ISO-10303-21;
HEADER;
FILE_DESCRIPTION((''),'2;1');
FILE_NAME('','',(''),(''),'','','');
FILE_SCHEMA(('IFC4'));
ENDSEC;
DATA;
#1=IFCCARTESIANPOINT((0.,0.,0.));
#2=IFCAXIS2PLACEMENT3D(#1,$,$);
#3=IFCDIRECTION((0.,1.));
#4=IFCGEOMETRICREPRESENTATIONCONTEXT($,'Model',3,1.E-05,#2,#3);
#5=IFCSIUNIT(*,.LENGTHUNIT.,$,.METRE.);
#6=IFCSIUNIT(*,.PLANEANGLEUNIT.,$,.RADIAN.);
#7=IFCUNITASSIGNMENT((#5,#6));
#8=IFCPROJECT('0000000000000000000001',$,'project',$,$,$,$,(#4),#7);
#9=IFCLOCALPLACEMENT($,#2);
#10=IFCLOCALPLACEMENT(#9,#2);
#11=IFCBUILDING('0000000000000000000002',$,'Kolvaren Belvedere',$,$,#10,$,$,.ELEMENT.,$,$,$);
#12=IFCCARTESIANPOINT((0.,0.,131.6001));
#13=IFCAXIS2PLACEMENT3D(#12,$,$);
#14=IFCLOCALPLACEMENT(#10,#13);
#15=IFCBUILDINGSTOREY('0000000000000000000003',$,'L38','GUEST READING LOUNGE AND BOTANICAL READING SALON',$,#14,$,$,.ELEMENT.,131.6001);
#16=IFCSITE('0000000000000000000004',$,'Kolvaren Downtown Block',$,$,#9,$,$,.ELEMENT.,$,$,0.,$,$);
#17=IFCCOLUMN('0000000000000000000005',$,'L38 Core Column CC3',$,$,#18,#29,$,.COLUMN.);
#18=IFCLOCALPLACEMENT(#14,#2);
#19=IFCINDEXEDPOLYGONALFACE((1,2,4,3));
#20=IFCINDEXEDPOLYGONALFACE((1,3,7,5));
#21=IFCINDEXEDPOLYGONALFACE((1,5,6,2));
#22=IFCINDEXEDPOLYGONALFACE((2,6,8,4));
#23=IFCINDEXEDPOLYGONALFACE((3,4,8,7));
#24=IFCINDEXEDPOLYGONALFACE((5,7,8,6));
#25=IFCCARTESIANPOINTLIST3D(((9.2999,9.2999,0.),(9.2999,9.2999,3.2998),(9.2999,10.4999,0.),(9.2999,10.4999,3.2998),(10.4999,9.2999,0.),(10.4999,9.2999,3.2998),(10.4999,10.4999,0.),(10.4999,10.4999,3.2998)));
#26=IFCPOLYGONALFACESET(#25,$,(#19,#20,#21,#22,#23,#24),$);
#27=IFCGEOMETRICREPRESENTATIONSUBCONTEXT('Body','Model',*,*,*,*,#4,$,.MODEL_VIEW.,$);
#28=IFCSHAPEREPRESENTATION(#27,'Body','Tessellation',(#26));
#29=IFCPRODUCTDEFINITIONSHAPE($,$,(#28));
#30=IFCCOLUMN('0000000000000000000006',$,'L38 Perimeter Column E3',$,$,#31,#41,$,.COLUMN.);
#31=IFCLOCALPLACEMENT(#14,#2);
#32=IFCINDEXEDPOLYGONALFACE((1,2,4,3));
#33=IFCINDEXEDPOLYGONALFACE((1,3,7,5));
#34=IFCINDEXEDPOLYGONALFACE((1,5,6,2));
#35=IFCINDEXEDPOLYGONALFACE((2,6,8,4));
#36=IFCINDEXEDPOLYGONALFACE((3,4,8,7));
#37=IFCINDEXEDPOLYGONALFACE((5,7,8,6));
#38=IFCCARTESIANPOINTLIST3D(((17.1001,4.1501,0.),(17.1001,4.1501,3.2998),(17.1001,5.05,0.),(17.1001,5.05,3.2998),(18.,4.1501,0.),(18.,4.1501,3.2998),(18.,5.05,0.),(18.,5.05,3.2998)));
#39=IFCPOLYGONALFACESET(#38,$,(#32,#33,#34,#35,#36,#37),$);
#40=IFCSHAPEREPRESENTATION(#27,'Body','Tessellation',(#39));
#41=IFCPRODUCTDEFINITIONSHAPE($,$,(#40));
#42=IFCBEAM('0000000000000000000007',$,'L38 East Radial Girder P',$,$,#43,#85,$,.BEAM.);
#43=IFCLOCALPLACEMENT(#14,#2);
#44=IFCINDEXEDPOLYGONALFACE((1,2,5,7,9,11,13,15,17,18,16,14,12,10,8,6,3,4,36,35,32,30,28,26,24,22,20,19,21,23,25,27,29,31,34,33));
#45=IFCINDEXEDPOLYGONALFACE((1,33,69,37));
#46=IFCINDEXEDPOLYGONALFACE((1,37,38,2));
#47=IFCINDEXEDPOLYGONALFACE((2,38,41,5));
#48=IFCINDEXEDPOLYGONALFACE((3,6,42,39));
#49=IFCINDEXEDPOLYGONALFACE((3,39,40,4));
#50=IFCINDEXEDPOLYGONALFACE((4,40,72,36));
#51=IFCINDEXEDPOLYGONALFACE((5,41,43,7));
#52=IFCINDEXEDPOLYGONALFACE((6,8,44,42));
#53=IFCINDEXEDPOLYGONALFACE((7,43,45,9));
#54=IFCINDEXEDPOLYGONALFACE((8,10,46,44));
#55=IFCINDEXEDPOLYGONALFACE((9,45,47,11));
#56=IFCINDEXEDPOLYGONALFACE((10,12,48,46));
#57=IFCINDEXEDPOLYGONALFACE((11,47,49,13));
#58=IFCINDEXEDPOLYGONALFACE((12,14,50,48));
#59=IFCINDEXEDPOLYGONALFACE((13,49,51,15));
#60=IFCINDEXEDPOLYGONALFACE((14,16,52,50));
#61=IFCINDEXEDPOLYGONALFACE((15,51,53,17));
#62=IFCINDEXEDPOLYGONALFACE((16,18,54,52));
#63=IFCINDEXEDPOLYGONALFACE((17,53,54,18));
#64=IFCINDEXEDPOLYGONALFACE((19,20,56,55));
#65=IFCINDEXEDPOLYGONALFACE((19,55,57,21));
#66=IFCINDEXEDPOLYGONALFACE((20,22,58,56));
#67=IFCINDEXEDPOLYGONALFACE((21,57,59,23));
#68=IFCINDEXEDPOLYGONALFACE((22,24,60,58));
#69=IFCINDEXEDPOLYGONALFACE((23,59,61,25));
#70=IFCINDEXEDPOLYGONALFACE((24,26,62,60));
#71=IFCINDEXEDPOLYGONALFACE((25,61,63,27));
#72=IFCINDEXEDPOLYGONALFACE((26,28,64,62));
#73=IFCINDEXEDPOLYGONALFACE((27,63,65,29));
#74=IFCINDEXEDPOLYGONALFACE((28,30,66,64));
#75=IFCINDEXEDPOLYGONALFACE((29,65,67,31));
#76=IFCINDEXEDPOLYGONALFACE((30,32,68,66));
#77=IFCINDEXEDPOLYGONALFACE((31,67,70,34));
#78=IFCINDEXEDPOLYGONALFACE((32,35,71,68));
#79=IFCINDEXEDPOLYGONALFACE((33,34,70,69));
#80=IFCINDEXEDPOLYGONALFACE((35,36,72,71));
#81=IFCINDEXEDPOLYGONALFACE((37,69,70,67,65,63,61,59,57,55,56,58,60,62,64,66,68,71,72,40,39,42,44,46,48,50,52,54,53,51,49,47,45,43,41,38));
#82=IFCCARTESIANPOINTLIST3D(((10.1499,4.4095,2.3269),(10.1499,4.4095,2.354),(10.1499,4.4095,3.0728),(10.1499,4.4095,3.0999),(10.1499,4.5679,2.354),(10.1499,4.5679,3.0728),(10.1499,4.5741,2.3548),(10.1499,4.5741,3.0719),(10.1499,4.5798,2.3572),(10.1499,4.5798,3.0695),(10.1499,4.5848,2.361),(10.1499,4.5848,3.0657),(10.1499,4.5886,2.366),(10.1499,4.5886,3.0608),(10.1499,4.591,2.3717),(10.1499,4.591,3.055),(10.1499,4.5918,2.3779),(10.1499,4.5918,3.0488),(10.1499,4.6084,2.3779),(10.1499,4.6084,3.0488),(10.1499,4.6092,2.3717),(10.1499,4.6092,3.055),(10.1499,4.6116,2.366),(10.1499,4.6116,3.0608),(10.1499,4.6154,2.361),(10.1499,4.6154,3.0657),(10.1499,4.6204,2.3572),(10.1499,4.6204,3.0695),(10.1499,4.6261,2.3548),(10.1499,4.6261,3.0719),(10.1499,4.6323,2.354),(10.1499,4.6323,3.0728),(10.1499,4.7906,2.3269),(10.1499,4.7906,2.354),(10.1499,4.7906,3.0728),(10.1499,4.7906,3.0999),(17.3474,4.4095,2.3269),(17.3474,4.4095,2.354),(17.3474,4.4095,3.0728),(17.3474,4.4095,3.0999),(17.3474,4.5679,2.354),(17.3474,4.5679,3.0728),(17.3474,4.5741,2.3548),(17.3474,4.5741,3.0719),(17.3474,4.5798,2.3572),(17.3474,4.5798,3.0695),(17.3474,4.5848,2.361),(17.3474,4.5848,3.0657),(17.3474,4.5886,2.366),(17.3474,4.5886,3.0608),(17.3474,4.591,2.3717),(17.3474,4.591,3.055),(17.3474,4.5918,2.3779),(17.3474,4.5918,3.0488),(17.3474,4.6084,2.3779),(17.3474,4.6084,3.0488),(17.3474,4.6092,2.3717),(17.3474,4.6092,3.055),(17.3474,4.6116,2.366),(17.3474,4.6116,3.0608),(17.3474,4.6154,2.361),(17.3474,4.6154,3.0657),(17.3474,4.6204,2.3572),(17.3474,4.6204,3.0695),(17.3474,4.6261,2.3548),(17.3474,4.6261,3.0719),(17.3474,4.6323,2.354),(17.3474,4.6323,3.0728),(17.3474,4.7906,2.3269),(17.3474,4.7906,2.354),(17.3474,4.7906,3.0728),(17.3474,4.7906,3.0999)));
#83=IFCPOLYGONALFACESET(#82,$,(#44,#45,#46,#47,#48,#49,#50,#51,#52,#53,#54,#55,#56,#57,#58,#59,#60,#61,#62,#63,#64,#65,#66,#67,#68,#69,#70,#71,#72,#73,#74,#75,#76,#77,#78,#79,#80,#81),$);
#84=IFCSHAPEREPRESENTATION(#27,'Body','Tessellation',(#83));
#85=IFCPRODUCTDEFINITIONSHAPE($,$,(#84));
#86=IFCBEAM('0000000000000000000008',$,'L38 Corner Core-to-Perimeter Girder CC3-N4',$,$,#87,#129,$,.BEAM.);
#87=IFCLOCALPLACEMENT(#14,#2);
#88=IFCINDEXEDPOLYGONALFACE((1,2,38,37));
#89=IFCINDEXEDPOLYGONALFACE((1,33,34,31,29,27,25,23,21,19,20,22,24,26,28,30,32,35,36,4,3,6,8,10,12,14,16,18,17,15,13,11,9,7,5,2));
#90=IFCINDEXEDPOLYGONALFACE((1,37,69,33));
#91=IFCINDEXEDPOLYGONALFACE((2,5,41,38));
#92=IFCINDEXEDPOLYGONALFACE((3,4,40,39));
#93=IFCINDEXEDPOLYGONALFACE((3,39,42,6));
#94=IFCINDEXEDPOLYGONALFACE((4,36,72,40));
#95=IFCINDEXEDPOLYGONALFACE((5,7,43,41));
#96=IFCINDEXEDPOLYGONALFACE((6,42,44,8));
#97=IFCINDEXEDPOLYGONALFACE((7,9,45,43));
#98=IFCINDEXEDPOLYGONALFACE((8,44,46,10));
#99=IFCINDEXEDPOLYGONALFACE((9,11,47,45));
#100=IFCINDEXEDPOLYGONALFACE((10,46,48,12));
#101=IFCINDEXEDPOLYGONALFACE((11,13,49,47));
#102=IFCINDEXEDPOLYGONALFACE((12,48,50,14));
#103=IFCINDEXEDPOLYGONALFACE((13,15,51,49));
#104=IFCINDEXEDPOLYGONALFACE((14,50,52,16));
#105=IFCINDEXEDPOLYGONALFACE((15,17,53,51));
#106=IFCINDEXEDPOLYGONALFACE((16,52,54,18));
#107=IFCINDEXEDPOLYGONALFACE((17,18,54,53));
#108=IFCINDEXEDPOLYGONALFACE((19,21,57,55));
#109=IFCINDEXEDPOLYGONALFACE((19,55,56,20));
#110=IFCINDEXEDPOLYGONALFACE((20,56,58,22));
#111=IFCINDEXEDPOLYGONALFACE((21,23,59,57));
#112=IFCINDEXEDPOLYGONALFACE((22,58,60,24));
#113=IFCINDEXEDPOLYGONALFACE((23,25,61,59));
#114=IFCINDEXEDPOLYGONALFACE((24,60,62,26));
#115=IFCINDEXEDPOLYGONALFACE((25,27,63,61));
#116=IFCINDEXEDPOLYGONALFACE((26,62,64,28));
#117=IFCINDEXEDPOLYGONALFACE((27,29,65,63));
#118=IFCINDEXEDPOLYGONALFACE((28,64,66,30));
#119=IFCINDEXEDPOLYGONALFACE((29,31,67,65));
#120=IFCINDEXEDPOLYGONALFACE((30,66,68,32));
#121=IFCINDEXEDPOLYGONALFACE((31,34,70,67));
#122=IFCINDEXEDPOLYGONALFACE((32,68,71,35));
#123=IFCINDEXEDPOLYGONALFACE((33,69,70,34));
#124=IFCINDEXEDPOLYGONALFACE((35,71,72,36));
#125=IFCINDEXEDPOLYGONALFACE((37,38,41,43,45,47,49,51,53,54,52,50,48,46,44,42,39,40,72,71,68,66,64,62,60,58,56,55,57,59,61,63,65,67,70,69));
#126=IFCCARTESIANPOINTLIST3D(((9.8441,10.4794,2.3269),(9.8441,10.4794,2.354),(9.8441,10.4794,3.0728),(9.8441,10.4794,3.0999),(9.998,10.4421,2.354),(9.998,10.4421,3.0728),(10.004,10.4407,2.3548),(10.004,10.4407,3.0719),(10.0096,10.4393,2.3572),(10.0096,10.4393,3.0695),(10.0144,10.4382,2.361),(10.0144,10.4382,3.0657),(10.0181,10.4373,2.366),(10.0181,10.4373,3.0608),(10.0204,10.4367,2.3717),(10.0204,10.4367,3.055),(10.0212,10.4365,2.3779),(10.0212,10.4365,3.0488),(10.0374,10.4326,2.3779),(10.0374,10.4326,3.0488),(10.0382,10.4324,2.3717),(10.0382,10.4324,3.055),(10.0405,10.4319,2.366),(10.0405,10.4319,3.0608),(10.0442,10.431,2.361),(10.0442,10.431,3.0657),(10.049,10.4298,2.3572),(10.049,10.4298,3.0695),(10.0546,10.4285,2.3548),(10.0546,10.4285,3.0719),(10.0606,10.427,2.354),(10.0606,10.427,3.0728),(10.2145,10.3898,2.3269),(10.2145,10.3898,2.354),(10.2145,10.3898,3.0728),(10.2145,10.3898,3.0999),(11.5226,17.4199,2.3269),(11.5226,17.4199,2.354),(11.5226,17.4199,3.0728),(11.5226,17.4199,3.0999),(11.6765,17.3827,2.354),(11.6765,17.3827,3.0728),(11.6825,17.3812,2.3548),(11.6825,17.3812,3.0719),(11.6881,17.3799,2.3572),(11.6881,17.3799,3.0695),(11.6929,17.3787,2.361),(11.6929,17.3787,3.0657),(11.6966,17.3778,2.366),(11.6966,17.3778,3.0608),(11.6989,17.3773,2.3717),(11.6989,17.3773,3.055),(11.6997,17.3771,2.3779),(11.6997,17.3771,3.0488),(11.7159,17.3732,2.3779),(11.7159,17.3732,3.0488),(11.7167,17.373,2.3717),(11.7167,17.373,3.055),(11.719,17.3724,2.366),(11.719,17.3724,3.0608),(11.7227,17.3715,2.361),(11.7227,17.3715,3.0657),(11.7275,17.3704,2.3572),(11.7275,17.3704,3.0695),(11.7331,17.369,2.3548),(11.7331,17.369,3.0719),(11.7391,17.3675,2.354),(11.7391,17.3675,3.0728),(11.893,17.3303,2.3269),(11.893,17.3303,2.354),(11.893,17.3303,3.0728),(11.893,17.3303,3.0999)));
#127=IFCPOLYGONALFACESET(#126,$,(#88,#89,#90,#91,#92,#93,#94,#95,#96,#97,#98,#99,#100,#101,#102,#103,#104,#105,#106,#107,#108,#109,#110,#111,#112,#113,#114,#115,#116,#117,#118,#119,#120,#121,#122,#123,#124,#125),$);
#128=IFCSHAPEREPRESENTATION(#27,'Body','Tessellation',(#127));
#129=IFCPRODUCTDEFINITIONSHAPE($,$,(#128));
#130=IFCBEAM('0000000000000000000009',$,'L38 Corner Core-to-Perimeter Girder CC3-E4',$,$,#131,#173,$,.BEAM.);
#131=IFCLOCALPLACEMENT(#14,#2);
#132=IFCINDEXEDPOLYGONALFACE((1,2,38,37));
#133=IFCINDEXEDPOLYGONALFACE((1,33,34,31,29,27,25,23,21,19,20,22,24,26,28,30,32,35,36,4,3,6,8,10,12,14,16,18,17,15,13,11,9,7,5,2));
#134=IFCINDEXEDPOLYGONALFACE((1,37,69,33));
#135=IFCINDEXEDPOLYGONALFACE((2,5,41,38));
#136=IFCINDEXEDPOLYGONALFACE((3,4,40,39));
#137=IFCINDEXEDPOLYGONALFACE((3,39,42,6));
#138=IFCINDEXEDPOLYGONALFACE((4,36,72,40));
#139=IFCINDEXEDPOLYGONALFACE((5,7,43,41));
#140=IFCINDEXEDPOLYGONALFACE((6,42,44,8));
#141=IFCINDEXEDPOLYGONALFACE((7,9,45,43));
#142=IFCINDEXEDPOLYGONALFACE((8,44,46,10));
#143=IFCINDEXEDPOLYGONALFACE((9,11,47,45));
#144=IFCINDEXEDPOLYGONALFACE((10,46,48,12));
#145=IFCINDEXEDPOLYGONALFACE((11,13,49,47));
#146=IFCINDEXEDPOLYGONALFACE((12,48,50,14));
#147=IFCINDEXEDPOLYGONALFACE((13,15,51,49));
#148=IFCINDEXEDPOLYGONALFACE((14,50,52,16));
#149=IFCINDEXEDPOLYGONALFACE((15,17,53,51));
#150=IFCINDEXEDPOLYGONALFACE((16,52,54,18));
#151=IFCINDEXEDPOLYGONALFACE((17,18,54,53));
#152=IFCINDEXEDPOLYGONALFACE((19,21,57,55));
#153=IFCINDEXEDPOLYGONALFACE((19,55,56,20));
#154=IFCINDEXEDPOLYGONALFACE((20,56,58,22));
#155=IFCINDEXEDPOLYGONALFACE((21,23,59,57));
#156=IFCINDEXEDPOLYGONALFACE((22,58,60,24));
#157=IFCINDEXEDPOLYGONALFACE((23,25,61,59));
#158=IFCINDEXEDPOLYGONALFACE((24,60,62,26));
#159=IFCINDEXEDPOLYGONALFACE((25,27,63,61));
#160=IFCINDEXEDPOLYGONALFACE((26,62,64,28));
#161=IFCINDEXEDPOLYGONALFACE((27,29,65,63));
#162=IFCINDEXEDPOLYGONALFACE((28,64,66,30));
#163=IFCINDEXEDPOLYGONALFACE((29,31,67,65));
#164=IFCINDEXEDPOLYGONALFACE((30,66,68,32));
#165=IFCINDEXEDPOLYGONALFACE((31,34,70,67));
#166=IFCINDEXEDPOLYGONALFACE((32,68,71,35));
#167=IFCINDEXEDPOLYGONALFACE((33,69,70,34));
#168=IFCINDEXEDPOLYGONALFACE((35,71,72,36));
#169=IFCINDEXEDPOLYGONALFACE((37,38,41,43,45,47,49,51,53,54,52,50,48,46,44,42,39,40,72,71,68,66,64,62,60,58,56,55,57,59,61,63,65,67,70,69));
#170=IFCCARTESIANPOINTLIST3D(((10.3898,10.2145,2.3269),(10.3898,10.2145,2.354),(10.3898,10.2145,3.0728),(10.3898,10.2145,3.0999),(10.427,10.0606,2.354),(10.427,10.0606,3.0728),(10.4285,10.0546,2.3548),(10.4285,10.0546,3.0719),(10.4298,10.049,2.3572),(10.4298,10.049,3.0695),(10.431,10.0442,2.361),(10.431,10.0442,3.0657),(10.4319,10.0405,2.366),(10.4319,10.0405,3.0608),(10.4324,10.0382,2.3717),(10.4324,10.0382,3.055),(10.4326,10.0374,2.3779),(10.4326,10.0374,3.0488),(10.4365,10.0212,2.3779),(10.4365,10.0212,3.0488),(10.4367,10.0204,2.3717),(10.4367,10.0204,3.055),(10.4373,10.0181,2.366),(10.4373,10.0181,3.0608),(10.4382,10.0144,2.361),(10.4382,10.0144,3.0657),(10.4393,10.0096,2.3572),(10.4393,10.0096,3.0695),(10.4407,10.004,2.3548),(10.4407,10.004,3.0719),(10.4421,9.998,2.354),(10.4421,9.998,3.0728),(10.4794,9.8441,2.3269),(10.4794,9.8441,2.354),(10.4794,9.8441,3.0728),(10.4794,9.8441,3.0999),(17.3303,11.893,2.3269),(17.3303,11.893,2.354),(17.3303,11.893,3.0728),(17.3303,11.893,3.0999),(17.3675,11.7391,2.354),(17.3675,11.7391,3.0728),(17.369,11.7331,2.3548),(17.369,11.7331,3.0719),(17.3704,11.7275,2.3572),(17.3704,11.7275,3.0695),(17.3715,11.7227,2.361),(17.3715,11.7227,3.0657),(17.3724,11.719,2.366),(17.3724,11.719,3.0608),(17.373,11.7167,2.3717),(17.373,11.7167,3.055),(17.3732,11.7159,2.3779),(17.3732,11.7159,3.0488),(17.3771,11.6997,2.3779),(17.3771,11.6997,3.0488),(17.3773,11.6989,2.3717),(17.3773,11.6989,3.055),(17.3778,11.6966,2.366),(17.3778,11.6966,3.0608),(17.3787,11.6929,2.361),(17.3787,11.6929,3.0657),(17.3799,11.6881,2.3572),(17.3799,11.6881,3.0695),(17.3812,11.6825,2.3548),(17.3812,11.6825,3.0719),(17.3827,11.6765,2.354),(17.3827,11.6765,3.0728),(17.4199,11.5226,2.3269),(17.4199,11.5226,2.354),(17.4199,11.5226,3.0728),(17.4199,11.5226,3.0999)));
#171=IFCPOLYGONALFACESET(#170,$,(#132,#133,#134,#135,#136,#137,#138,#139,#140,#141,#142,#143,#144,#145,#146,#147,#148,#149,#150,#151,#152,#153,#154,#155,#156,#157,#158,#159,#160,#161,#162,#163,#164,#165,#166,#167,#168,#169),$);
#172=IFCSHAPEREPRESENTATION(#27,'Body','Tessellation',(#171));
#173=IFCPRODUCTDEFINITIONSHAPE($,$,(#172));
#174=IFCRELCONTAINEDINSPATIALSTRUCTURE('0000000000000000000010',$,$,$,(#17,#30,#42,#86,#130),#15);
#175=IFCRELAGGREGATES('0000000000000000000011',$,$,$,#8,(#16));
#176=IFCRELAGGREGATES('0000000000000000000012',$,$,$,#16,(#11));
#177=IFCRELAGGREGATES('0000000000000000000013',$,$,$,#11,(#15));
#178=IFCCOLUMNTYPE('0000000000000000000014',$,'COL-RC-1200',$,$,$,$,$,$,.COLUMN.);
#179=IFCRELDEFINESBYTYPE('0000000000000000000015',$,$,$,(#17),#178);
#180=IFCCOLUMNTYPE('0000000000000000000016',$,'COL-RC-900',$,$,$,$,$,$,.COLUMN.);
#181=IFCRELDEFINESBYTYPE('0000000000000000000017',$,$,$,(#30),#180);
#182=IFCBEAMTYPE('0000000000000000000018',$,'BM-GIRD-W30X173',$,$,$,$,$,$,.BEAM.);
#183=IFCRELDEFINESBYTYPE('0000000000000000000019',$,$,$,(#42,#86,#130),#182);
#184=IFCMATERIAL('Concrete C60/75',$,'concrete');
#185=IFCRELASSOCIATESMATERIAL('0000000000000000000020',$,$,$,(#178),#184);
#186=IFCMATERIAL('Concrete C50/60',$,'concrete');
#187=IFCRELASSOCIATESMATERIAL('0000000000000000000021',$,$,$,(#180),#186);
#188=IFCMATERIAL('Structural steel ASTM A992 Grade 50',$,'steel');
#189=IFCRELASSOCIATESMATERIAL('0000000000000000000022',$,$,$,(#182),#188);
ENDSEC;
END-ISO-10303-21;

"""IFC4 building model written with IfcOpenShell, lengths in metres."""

from ifc_helpers import new_model, si_unit, direction, frame, origin, origin_2d, place, context, subcontext, project, spatial, rectangle, i_section, extrude, material, material_profile, profile_set, type_object, element, save


model = new_model("IFC4")

# Units and contexts
model_context = context("Model", 3, precision=1e-05, world=origin(), true_north=direction((0.0, 1.0)))
body_context = subcontext(model_context, "Body", "Model", "MODEL_VIEW")
ifc_project = project(units=[si_unit("LENGTHUNIT", "METRE"), si_unit("PLANEANGLEUNIT", "RADIAN")], contexts=[model_context])

# Site, building, storey
site_placement = place(None, origin())
site = spatial("IfcSite", under=ifc_project, at=site_placement, Name="Kolvaren Downtown Block", CompositionType="ELEMENT", RefElevation=0.0)
building_placement = place(site_placement, origin())
building = spatial("IfcBuilding", under=site, at=building_placement, Name="Kolvaren Belvedere", CompositionType="ELEMENT")
storey_placement = place(building_placement, frame((0.0, 0.0, 131.6001)))
storey = spatial("IfcBuildingStorey", under=building, at=storey_placement, Name="L38", Description="GUEST READING LOUNGE AND BOTANICAL READING SALON", CompositionType="ELEMENT", Elevation=131.6001)

# Columns
ifc_material_1 = material(Name="Concrete C60/75", Category="concrete")
ifc_material_profile_1 = material_profile(ifc_material_1, rectangle(XDim=1.2, YDim=1.2, at=origin_2d()), Name="RC 1200X1200")
ifc_profile_set_1 = profile_set([ifc_material_profile_1], Name="Concrete C60/75")
column_type_1 = type_object("IfcColumnType", Name="COL-RC-1200", PredefinedType="COLUMN", material=ifc_profile_set_1)
column_1_placement = place(storey_placement, frame((9.8999, 9.8999, 0.0), z_axis=(0.0, 0.0, 1.0), x_axis=(1.0, 0.0, 0.0)))
element("IfcColumn", 1, at=column_1_placement, inside=storey, type_object=column_type_1, Name="L38 Core Column CC3", PredefinedType="COLUMN", context=body_context, shape_type="SweptSolid", body=[
    extrude(rectangle(XDim=1.2, YDim=1.2, at=origin_2d()), origin(), (0.0, 0.0, 1.0), 3.2998),
])
ifc_material_2 = material(Name="Concrete C50/60", Category="concrete")
ifc_material_profile_2 = material_profile(ifc_material_2, rectangle(XDim=0.8999, YDim=0.8999, at=origin_2d()), Name="RC 900X900")
ifc_profile_set_2 = profile_set([ifc_material_profile_2], Name="Concrete C50/60")
column_type_2 = type_object("IfcColumnType", Name="COL-RC-900", PredefinedType="COLUMN", material=ifc_profile_set_2)
column_2_placement = place(storey_placement, frame((17.55, 4.6001, 0.0), z_axis=(0.0, 0.0, 1.0), x_axis=(1.0, 0.0, 0.0)))
element("IfcColumn", 2, at=column_2_placement, inside=storey, type_object=column_type_2, Name="L38 Perimeter Column E3", PredefinedType="COLUMN", context=body_context, shape_type="SweptSolid", body=[
    extrude(rectangle(XDim=0.8999, YDim=0.8999, at=origin_2d()), origin(), (0.0, 0.0, 1.0), 3.2998),
])

# Beams
ifc_material_3 = material(Name="Structural steel ASTM A992 Grade 50", Category="steel")
ifc_material_profile_3 = material_profile(ifc_material_3, i_section(OverallWidth=0.3811, OverallDepth=0.7729, WebThickness=0.0166, FlangeThickness=0.0271, FilletRadius=0.0239, at=origin_2d()), Name="W30X173")
ifc_profile_set_3 = profile_set([ifc_material_profile_3], Name="Structural steel ASTM A992 Grade 50")
beam_type_1 = type_object("IfcBeamType", Name="BM-GIRD-W30X173", PredefinedType="BEAM", material=ifc_profile_set_3)
beam_1_placement = place(storey_placement, frame((10.1499, 4.6001, 2.7134), z_axis=(1.0, 0.0, 0.0), x_axis=(0.0, 1.0, 0.0)))
element("IfcBeam", 3, at=beam_1_placement, inside=storey, type_object=beam_type_1, Name="L38 East Radial Girder P", PredefinedType="BEAM", context=body_context, shape_type="SweptSolid", body=[
    extrude(i_section(OverallWidth=0.3811, OverallDepth=0.7729, WebThickness=0.0166, FlangeThickness=0.0271, FilletRadius=0.0239, at=origin_2d()), origin(), (0.0, 0.0, 1.0), 7.1975),
])
for number, where, z_axis, x_axis, name in (
    (4, (10.0293, 10.4346, 2.7134), (0.235063, 0.97198, 0.0), (-0.97198, 0.235063, 0.0), "L38 Corner Core-to-Perimeter Girder CC3-N4"),
    (5, (10.4346, 10.0293, 2.7134), (0.97198, 0.235063, 0.0), (-0.235063, 0.97198, 0.0), "L38 Corner Core-to-Perimeter Girder CC3-E4"),
):
    element("IfcBeam", number, at=place(storey_placement, frame(where, z_axis=z_axis, x_axis=x_axis)), inside=storey, type_object=beam_type_1, Name=name, PredefinedType="BEAM", context=body_context, shape_type="SweptSolid", body=[
        extrude(i_section(OverallWidth=0.3811, OverallDepth=0.7729, WebThickness=0.0166, FlangeThickness=0.0271, FilletRadius=0.0239, at=origin_2d()), origin(), (0.0, 0.0, 1.0), 7.1406),
    ])

save(model, "model.ifc")
